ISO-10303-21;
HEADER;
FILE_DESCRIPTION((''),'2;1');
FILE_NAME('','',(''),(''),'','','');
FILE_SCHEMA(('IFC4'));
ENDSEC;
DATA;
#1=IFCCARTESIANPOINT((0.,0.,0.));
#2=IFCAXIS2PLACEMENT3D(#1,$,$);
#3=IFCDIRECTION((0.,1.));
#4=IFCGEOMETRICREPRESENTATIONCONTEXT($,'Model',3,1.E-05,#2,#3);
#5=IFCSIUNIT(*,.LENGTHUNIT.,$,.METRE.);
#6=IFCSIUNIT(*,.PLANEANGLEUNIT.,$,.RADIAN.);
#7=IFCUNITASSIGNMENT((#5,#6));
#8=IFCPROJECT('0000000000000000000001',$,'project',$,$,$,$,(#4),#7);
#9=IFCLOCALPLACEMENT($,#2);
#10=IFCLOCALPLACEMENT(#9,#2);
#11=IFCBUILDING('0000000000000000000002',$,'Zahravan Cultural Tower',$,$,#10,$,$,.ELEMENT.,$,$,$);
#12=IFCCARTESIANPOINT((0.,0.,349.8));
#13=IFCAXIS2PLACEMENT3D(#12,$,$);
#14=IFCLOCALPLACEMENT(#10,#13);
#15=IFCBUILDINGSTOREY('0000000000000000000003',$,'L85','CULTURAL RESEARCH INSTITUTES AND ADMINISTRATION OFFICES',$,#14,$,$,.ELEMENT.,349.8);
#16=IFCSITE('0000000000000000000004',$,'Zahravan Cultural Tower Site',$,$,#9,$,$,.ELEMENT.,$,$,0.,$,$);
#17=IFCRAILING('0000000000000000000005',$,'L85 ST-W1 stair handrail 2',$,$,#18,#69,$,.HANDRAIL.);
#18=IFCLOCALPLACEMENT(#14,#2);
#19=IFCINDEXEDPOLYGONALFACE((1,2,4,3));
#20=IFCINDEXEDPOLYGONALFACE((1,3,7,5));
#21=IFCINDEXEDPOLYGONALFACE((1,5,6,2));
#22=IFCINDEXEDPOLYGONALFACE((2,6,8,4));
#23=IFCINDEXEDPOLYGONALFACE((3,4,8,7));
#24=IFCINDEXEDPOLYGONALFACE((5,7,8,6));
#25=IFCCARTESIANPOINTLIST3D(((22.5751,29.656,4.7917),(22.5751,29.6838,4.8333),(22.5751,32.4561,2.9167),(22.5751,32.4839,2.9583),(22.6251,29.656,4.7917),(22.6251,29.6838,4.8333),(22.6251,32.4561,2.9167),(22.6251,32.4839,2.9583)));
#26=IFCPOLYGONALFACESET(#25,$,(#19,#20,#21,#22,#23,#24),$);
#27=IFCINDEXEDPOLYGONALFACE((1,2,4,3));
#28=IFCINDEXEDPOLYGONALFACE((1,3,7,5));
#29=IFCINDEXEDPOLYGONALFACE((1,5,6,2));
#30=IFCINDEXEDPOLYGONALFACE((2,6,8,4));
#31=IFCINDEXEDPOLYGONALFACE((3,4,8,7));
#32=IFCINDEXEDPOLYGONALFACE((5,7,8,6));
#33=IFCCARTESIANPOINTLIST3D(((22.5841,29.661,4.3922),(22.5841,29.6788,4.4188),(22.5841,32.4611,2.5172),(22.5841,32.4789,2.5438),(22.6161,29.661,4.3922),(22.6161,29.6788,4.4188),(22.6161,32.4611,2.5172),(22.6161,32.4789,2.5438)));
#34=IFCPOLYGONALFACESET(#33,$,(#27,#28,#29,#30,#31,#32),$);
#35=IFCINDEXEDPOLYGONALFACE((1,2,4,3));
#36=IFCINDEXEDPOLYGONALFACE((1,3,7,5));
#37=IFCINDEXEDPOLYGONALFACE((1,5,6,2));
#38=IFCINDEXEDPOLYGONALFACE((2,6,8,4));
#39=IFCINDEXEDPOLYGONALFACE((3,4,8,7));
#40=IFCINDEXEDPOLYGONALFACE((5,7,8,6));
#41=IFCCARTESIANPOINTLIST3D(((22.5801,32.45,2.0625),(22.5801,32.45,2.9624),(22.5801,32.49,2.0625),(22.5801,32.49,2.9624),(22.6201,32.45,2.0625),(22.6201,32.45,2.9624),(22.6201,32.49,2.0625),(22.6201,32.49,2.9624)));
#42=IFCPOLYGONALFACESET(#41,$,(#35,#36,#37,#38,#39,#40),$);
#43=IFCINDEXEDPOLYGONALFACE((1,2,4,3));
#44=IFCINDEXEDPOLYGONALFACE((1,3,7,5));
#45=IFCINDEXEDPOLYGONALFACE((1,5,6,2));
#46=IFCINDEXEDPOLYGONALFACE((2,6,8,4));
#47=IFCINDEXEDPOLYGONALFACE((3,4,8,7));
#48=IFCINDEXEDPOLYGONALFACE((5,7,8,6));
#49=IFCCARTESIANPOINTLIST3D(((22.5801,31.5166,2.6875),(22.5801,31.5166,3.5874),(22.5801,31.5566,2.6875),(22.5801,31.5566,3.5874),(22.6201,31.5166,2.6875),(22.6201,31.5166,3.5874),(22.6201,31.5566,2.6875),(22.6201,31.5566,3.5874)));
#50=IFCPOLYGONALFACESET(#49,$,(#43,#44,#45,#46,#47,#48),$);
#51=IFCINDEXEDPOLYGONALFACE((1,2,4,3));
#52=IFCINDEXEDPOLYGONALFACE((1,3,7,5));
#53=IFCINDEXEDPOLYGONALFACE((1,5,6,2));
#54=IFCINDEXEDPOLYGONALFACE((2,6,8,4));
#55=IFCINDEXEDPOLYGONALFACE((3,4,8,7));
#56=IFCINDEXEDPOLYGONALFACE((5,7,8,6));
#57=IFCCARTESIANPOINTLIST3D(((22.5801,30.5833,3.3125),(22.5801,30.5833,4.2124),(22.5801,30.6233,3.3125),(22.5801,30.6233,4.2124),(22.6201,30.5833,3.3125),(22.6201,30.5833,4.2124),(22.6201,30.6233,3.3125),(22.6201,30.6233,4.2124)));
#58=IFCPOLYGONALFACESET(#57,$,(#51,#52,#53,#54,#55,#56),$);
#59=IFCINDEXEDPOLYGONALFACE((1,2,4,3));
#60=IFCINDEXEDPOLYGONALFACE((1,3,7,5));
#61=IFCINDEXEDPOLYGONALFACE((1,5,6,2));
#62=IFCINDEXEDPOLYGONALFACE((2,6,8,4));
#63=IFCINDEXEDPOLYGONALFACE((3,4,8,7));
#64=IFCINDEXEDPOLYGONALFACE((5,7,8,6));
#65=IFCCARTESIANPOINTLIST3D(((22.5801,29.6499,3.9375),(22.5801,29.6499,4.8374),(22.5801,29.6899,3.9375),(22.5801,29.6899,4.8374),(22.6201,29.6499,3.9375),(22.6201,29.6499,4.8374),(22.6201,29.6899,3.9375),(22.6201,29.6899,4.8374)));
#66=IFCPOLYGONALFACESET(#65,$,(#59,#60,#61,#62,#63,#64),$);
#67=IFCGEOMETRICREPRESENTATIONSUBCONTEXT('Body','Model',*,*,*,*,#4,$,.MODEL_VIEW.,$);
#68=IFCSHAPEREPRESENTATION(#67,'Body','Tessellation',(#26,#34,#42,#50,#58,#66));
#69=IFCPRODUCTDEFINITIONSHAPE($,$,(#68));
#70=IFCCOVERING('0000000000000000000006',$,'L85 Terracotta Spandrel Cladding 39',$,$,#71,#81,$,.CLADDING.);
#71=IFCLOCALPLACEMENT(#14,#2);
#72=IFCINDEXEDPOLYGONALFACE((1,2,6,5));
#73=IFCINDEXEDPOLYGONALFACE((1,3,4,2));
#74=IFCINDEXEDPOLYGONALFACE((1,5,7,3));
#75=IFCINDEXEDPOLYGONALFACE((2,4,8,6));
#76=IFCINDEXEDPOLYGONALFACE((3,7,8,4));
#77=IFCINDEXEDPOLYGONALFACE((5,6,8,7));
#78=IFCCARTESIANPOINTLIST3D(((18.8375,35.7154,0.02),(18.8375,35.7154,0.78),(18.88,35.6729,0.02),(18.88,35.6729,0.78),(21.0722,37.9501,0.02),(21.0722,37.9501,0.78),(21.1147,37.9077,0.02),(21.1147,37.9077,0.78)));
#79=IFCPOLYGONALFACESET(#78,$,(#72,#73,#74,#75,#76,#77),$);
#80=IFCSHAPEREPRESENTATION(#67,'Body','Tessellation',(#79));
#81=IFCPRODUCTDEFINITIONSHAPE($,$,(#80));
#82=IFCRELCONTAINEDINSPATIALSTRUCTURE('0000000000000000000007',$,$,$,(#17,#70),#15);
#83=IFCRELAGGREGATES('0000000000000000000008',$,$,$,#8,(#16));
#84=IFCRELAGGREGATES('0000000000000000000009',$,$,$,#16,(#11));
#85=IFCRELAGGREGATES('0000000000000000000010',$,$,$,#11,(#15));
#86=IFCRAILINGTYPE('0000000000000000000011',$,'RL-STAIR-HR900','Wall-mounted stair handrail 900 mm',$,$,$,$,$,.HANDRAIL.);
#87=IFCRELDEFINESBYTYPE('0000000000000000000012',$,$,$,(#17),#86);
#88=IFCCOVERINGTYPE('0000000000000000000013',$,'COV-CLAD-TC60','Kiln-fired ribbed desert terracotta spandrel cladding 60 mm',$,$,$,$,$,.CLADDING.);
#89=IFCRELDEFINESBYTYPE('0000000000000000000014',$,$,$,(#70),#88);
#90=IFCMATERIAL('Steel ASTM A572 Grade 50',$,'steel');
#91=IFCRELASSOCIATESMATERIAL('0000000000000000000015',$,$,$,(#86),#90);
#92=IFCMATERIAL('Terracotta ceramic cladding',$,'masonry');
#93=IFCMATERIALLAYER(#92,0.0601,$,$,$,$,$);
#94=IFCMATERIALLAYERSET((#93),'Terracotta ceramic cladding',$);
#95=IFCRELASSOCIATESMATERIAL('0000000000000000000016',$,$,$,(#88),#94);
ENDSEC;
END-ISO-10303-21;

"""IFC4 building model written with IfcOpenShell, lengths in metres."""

from ifc_helpers import new_model, si_unit, direction, frame, origin, origin_2d, place, context, subcontext, project, spatial, rectangle, extrude, source, transform, mapped, material, layer, layer_set, type_object, element, save


model = new_model("IFC4")

# Units and contexts
model_context = context("Model", 3, precision=1e-05, world=origin(), true_north=direction((0.0, 1.0)))
body_context = subcontext(model_context, "Body", "Model", "MODEL_VIEW")
ifc_project = project(units=[si_unit("LENGTHUNIT", "METRE"), si_unit("PLANEANGLEUNIT", "RADIAN")], contexts=[model_context])

# Site, building, storey
site_placement = place(None, origin())
site = spatial("IfcSite", under=ifc_project, at=site_placement, Name="Zahravan Cultural Tower Site", CompositionType="ELEMENT", RefElevation=0.0)
building_placement = place(site_placement, origin())
building = spatial("IfcBuilding", under=site, at=building_placement, Name="Zahravan Cultural Tower", CompositionType="ELEMENT")
storey_placement = place(building_placement, frame((0.0, 0.0, 349.8)))
storey = spatial("IfcBuildingStorey", under=building, at=storey_placement, Name="L85", Description="CULTURAL RESEARCH INSTITUTES AND ADMINISTRATION OFFICES", CompositionType="ELEMENT", Elevation=349.8)

# Railing
ifc_material_1 = material(Name="Steel ASTM A572 Grade 50", Category="steel")
railing_type_1 = type_object("IfcRailingType", Name="RL-STAIR-HR900", Description="Wall-mounted stair handrail 900 mm", PredefinedType="HANDRAIL", material=ifc_material_1)
railing_1_placement = place(storey_placement, frame((22.6001, 32.47, 2.0625)))
element("IfcRailing", 1, at=railing_1_placement, inside=storey, type_object=railing_type_1, Name="L85 ST-W1 stair handrail 2", PredefinedType="HANDRAIL", context=body_context, shape_type="SweptSolid", body=[
    extrude(rectangle(XDim=0.05, YDim=0.05, at=origin_2d()), frame((0.0, 0.0, 0.875), z_axis=(0.0, -0.830912, 0.556404), x_axis=(1.0, 0.0, 0.0)), (0.0, 0.0, 1.0), 3.3699),
    extrude(rectangle(XDim=0.032, YDim=0.032, at=origin_2d()), frame((0.0, 0.0, 0.468), z_axis=(0.0, -0.830912, 0.556404), x_axis=(1.0, 0.0, 0.0)), (0.0, 0.0, 1.0), 3.3699),
    extrude(rectangle(XDim=0.04, YDim=0.04, at=origin_2d()), origin(), (0.0, 0.0, 1.0), 0.8999),
    extrude(rectangle(XDim=0.04, YDim=0.04, at=origin_2d()), frame((0.0, -0.9333, 0.625)), (0.0, 0.0, 1.0), 0.8999),
    extrude(rectangle(XDim=0.04, YDim=0.04, at=origin_2d()), frame((0.0, -1.8667, 1.25)), (0.0, 0.0, 1.0), 0.8999),
    extrude(rectangle(XDim=0.04, YDim=0.04, at=origin_2d()), frame((0.0, -2.8, 1.875)), (0.0, 0.0, 1.0), 0.8999),
])

# Covering
ifc_material_2 = material(Name="Terracotta ceramic cladding", Category="masonry")
ifc_layer_1 = layer(ifc_material_2, 0.0601)
ifc_layer_set_1 = layer_set([ifc_layer_1], Name="Terracotta ceramic cladding")
covering_type = type_object("IfcCoveringType", Name="COV-CLAD-TC60", Description="Kiln-fired ribbed desert terracotta spandrel cladding 60 mm", PredefinedType="CLADDING", material=ifc_layer_set_1)
shared_shape_1 = source(origin(), body_context, "Body", "SweptSolid", [
    extrude(rectangle(XDim=3.1604, YDim=0.0601, at=origin_2d()), origin(), (0.0, 0.0, 1.0), 0.76),
])
covering_placement = place(storey_placement, frame((19.9761, 36.8115, 0.02), z_axis=(0.0, 0.0, 1.0), x_axis=(0.707094, 0.707119, 0.0)))
element("IfcCovering", 2, at=covering_placement, inside=storey, type_object=covering_type, Name="L85 Terracotta Spandrel Cladding 39", PredefinedType="CLADDING", context=body_context, shape_type="MappedRepresentation", body=[
    mapped(shared_shape_1, transform((0.0, 0.0, 0.0), x_axis=(1.0, 0.0, 0.0), y_axis=(0.0, 1.0, 0.0), z_axis=(0.0, 0.0, 1.0), scale=1.0)),
])

save(model, "model.ifc")
